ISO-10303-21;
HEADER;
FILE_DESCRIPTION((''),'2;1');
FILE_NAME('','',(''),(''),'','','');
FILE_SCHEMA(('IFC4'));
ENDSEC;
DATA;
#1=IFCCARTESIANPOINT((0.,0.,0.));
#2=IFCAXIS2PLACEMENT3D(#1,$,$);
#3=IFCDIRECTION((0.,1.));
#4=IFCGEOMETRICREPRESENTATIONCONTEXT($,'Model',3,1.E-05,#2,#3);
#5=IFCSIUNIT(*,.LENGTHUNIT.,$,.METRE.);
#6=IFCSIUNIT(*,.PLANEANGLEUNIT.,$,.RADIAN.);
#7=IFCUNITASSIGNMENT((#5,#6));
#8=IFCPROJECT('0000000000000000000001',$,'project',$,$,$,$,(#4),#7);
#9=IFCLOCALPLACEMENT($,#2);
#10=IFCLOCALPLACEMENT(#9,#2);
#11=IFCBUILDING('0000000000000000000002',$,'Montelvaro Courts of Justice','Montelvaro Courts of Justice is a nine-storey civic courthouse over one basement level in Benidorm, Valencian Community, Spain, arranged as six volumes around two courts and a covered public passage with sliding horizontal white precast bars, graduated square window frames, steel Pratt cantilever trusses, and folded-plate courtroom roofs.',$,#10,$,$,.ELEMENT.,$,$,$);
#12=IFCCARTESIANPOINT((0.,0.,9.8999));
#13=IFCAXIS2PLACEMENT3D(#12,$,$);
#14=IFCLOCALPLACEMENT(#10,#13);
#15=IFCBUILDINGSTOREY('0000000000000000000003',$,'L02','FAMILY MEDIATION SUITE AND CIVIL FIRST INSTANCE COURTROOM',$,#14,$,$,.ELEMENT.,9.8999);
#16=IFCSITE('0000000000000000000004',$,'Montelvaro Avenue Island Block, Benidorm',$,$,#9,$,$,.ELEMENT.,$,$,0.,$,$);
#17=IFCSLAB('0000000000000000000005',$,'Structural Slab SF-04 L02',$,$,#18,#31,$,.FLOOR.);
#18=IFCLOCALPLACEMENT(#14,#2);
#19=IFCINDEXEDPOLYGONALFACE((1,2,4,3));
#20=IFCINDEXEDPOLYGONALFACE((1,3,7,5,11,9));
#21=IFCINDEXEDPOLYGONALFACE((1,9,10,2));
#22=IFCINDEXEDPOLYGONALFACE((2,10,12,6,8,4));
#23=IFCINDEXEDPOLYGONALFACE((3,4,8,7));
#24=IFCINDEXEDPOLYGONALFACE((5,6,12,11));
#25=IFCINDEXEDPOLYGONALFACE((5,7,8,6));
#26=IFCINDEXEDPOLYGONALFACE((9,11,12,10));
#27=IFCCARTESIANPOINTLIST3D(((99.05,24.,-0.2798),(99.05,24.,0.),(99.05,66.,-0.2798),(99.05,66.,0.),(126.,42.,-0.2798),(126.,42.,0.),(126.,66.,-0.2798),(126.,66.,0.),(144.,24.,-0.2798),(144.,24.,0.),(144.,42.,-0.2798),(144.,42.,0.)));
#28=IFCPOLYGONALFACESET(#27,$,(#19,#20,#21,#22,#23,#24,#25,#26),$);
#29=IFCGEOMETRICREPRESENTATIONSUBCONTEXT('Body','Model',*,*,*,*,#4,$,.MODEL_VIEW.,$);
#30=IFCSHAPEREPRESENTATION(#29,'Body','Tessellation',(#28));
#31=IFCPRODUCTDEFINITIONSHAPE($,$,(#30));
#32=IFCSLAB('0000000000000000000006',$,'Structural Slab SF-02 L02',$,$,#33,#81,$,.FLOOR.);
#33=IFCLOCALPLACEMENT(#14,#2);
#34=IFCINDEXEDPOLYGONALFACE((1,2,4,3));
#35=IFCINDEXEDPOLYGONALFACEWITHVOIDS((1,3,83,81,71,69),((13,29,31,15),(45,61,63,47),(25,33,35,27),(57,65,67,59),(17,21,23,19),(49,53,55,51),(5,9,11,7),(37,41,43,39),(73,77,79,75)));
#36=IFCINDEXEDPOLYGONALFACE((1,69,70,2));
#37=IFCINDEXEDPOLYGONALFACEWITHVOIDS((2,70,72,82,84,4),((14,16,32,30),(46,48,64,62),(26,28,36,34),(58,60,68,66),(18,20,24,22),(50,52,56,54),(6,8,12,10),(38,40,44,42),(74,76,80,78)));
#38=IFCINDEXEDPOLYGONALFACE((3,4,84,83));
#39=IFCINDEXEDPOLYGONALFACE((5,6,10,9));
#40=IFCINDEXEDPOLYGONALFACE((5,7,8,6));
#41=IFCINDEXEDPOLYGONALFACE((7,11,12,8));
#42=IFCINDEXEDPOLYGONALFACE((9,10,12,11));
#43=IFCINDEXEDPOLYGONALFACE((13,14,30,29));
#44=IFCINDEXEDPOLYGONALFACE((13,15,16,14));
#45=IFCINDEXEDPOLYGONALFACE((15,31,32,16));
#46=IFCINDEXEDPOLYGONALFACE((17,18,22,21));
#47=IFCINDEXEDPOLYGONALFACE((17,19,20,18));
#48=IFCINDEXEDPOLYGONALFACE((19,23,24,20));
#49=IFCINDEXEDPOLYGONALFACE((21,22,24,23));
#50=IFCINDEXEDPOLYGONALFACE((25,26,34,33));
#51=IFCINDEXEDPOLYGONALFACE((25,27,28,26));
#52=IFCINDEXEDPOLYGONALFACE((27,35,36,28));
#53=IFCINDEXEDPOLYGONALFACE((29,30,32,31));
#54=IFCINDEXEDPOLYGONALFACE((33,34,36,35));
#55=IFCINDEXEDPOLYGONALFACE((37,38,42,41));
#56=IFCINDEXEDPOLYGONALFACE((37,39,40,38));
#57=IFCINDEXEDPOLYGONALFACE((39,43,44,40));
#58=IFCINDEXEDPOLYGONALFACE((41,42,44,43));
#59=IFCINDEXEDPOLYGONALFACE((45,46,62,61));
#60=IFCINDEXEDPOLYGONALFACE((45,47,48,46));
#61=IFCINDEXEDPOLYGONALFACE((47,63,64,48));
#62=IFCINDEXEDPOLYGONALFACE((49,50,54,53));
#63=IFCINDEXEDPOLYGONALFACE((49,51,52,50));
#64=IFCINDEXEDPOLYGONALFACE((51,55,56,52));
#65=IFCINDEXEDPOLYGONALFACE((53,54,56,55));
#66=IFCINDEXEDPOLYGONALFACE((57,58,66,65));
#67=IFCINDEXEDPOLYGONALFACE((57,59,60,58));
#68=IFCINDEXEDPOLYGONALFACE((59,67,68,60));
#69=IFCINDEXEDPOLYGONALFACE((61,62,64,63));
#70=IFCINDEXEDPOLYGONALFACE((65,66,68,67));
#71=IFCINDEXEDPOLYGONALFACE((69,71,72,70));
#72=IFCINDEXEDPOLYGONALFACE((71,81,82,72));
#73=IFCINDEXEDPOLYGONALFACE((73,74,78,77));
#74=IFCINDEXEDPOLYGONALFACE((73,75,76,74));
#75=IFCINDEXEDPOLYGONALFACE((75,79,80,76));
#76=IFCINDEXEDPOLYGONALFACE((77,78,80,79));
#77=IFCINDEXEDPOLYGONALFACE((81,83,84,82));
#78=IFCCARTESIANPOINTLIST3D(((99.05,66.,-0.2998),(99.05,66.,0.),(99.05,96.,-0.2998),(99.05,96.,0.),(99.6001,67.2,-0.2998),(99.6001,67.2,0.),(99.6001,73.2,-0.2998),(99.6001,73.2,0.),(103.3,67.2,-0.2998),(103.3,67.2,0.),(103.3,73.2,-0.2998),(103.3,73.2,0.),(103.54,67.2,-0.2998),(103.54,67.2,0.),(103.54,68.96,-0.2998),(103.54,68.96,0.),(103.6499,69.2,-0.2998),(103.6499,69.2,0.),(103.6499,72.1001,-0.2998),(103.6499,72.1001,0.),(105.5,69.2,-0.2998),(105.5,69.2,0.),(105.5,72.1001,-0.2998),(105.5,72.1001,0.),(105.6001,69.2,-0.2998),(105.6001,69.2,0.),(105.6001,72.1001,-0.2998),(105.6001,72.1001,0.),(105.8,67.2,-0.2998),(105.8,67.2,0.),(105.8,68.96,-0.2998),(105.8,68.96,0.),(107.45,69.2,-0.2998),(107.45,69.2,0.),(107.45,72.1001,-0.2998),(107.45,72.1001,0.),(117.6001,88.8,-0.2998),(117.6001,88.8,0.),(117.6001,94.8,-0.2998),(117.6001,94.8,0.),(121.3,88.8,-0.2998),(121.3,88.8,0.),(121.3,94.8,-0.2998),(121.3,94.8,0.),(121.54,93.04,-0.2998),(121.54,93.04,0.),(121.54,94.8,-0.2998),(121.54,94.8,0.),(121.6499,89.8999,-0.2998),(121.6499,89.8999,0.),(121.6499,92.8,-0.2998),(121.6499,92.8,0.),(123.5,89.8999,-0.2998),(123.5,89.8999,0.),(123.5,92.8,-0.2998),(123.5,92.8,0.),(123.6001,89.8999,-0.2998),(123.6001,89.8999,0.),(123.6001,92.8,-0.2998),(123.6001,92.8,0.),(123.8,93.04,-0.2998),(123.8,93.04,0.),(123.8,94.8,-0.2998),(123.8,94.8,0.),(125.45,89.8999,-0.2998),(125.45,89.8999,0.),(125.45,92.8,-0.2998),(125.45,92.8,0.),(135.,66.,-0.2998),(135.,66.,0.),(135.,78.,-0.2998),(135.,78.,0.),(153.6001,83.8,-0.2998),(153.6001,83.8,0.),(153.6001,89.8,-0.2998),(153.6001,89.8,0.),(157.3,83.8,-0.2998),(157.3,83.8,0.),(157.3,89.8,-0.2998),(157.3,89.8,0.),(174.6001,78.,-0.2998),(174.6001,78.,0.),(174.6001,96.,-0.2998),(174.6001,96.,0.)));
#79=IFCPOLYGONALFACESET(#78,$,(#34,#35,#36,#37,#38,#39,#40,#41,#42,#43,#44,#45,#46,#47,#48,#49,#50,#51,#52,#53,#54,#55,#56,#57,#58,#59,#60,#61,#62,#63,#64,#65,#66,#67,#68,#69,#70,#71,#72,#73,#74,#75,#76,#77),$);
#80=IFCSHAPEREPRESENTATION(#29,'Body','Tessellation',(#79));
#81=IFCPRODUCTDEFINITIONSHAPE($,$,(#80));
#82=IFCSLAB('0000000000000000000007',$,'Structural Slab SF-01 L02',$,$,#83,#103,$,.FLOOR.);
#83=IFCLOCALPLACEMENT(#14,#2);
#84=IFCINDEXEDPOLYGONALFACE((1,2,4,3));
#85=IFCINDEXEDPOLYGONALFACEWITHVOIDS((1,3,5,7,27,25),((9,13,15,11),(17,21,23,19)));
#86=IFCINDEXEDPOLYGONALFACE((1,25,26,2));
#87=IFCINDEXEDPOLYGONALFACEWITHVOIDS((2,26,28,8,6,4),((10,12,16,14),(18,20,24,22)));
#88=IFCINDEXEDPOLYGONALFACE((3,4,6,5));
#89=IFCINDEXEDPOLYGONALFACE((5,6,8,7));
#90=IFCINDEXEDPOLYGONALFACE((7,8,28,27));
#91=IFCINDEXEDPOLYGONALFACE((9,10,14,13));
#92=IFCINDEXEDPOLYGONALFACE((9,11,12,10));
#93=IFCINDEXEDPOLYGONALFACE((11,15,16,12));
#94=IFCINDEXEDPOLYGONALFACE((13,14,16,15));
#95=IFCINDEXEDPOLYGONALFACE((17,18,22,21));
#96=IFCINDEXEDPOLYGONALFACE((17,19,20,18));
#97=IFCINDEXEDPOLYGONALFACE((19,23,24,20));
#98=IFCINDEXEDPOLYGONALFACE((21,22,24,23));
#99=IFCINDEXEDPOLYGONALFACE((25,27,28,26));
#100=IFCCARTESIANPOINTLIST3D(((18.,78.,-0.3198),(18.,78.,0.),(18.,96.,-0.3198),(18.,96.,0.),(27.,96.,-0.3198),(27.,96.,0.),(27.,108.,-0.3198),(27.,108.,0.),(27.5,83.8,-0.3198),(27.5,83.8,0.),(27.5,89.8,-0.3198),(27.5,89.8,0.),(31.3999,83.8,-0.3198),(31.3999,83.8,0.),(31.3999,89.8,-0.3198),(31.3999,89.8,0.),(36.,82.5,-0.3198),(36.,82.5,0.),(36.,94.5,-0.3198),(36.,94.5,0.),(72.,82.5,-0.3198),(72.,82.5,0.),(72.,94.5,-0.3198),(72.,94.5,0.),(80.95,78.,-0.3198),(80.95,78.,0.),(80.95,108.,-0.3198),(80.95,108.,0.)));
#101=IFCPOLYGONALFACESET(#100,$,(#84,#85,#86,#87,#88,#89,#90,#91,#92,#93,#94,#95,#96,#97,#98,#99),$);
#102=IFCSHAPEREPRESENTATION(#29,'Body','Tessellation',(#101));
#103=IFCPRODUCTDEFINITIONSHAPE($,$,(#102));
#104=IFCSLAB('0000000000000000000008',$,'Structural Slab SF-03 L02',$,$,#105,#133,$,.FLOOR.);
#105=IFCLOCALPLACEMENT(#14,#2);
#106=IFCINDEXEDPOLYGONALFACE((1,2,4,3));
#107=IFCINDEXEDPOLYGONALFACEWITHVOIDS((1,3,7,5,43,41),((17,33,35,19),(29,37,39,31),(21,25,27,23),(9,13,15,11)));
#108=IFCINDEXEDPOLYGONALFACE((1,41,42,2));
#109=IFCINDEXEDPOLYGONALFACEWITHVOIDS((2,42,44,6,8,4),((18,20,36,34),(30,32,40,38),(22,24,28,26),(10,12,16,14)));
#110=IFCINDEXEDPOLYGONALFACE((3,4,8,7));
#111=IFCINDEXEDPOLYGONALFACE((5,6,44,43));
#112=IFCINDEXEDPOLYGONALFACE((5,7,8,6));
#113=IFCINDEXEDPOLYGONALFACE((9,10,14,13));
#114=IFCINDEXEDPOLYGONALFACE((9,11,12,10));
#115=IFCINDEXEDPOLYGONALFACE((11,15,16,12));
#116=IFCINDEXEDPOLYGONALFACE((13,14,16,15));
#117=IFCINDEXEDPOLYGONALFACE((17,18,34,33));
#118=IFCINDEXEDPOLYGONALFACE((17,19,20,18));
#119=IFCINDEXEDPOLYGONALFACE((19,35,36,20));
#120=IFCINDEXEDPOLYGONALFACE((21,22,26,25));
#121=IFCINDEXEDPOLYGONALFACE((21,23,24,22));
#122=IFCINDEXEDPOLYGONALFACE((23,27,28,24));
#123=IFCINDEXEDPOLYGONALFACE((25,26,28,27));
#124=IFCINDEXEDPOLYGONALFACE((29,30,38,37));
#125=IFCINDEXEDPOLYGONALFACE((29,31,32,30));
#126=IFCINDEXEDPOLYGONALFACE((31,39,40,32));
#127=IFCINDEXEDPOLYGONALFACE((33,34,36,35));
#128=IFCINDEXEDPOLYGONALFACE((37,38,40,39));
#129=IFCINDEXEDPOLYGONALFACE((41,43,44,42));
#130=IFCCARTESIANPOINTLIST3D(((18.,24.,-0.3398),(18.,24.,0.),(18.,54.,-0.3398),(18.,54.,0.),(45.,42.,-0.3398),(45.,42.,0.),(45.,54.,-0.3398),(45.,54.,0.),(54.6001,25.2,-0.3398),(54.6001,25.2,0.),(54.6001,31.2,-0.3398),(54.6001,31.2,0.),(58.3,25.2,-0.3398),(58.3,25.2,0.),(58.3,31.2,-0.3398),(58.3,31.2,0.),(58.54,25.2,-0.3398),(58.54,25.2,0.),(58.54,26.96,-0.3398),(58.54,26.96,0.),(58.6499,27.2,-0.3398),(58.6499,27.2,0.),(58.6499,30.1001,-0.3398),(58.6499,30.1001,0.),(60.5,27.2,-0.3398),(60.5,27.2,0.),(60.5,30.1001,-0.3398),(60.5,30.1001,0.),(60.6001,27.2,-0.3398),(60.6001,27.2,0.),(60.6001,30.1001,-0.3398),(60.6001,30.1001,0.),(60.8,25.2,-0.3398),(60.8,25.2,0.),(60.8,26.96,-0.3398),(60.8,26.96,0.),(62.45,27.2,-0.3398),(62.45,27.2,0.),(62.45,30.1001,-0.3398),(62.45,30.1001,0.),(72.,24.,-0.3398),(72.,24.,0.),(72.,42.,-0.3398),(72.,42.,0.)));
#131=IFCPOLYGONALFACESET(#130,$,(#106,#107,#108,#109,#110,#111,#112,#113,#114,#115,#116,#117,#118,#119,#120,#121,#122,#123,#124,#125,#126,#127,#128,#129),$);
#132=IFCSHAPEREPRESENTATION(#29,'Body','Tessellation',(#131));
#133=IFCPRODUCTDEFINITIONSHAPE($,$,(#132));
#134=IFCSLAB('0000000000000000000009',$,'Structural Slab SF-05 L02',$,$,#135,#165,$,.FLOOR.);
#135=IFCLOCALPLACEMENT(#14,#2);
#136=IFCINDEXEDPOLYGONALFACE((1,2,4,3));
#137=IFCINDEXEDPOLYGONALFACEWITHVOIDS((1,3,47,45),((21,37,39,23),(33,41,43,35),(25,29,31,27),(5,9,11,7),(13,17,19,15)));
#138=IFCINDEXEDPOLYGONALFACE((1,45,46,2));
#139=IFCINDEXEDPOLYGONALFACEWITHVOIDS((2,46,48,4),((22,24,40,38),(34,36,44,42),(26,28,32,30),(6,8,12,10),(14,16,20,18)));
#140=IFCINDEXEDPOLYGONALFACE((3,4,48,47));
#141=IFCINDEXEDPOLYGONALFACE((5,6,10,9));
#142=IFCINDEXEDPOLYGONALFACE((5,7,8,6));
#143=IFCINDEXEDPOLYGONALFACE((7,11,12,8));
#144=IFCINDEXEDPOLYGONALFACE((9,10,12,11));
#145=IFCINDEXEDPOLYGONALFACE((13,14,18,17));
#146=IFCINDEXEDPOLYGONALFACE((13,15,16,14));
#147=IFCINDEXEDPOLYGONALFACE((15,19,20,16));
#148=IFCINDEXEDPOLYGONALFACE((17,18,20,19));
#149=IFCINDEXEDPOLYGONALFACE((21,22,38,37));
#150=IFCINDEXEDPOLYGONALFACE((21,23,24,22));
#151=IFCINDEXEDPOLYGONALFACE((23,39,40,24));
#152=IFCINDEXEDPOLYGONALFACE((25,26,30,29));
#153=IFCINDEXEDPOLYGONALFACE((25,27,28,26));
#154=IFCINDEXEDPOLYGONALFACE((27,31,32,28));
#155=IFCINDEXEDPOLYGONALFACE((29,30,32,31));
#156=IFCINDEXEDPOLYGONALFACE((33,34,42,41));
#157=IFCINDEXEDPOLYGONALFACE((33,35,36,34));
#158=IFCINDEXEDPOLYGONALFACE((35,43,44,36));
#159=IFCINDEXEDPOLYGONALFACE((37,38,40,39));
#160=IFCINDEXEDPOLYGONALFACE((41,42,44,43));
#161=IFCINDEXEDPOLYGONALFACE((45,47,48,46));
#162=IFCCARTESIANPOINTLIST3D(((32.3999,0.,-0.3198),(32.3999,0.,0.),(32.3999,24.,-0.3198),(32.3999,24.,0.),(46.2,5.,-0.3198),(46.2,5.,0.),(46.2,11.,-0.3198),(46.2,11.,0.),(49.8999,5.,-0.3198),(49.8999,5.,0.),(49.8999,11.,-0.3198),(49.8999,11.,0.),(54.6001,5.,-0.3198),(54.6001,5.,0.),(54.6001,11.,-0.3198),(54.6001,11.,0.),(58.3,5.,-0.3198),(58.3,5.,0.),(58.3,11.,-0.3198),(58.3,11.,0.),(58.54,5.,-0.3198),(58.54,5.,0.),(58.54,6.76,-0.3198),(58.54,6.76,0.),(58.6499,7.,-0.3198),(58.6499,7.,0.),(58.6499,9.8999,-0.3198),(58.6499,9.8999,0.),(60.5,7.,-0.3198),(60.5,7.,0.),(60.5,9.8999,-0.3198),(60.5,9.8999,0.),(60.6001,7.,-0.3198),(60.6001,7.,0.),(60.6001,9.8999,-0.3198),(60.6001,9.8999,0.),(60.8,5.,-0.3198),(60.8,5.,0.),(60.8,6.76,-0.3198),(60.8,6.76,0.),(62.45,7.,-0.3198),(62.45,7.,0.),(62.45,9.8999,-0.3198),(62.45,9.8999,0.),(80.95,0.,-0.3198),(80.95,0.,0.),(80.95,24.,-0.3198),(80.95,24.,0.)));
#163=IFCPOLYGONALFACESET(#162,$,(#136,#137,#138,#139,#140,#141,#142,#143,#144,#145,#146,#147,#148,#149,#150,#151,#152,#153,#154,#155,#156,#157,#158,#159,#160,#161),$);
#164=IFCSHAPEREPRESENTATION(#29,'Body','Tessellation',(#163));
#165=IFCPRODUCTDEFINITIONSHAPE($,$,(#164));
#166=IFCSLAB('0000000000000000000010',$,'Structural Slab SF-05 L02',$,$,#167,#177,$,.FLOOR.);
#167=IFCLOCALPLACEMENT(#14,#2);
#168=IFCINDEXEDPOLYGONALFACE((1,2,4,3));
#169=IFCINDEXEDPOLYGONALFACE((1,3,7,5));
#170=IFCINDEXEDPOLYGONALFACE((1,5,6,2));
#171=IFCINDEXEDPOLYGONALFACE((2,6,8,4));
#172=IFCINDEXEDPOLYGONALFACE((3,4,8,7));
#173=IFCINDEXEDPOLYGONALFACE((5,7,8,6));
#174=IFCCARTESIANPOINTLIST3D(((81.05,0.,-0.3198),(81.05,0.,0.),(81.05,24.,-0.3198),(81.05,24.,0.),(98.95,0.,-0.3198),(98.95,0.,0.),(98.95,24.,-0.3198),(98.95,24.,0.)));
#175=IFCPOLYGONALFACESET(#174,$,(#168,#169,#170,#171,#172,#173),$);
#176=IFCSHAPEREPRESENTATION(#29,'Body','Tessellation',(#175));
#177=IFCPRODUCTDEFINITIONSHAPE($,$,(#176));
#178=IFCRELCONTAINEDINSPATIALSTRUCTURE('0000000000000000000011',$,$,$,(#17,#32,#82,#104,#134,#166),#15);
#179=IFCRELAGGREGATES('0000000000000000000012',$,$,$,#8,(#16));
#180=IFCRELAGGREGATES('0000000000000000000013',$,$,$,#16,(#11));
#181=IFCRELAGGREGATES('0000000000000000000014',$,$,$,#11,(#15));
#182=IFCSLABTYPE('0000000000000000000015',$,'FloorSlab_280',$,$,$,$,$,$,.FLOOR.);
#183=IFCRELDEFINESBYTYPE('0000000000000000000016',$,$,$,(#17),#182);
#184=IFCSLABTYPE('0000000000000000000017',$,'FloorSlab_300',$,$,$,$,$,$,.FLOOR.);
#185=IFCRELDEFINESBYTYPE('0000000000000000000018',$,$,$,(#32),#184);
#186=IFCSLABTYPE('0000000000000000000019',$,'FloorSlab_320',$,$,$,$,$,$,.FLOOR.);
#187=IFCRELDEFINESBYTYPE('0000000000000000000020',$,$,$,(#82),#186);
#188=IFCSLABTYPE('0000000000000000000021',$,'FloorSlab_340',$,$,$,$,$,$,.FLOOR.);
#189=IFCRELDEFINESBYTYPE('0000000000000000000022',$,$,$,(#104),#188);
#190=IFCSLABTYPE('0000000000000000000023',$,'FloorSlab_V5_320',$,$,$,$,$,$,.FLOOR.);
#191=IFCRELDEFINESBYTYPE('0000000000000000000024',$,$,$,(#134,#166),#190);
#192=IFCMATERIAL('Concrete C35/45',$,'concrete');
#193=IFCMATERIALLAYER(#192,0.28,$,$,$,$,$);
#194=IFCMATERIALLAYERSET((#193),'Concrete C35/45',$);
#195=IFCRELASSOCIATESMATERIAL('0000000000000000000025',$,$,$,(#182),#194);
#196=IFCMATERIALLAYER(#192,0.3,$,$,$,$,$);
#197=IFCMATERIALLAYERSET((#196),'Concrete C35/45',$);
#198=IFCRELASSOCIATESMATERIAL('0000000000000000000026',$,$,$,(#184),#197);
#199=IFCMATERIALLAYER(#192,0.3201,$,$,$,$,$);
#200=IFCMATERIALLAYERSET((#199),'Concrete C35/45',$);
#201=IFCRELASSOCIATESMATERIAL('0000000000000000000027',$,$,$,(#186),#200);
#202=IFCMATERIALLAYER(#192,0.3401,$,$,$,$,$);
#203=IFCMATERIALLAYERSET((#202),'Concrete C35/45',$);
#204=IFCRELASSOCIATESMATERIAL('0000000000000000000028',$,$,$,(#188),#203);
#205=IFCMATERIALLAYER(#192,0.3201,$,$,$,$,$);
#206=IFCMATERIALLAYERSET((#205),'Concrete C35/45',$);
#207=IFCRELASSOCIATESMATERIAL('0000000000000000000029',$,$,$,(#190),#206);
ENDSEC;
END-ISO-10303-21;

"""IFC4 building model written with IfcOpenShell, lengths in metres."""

from ifc_helpers import new_model, si_unit, direction, frame, origin, place, context, subcontext, project, spatial, polyline, outline, extrude, material, layer, layer_set, type_object, element, save


model = new_model("IFC4")

# Units and contexts
model_context = context("Model", 3, precision=1e-05, world=origin(), true_north=direction((0.0, 1.0)))
body_context = subcontext(model_context, "Body", "Model", "MODEL_VIEW")
ifc_project = project(units=[si_unit("LENGTHUNIT", "METRE"), si_unit("PLANEANGLEUNIT", "RADIAN")], contexts=[model_context])

# Site, building, storey
site_placement = place(None, origin())
site = spatial("IfcSite", under=ifc_project, at=site_placement, Name="Montelvaro Avenue Island Block, Benidorm", CompositionType="ELEMENT", RefElevation=0.0)
building_placement = place(site_placement, origin())
building = spatial("IfcBuilding", under=site, at=building_placement, Name="Montelvaro Courts of Justice", Description="Montelvaro Courts of Justice is a nine-storey civic courthouse over one basement level in Benidorm, Valencian Community, Spain, arranged as six volumes around two courts and a covered public passage with sliding horizontal white precast bars, graduated square window frames, steel Pratt cantilever trusses, and folded-plate courtroom roofs.", CompositionType="ELEMENT")
storey_placement = place(building_placement, frame((0.0, 0.0, 9.8999)))
storey = spatial("IfcBuildingStorey", under=building, at=storey_placement, Name="L02", Description="FAMILY MEDIATION SUITE AND CIVIL FIRST INSTANCE COURTROOM", CompositionType="ELEMENT", Elevation=9.8999)

# Slabs
ifc_material_1 = material(Name="Concrete C35/45", Category="concrete")
ifc_layer_1 = layer(ifc_material_1, 0.28)
ifc_layer_set_1 = layer_set([ifc_layer_1], Name="Concrete C35/45")
slab_type_1 = type_object("IfcSlabType", Name="FloorSlab_280", PredefinedType="FLOOR", material=ifc_layer_set_1)
slab_1_placement = place(storey_placement, frame((0.0, 0.0, -0.2798)))
element("IfcSlab", 1, at=slab_1_placement, inside=storey, type_object=slab_type_1, Name="Structural Slab SF-04 L02", PredefinedType="FLOOR", context=body_context, shape_type="SweptSolid", body=[
    extrude(outline(polyline([(99.05, 24.0), (144.0, 24.0), (144.0, 42.0), (126.0, 42.0), (126.0, 66.0), (99.05, 66.0), (99.05, 24.0)])), origin(), (0.0, 0.0, 1.0), 0.2798),
])
ifc_layer_2 = layer(ifc_material_1, 0.3)
ifc_layer_set_2 = layer_set([ifc_layer_2], Name="Concrete C35/45")
slab_type_2 = type_object("IfcSlabType", Name="FloorSlab_300", PredefinedType="FLOOR", material=ifc_layer_set_2)
slab_2_placement = place(storey_placement, frame((0.0, 0.0, -0.2998)))
element("IfcSlab", 2, at=slab_2_placement, inside=storey, type_object=slab_type_2, Name="Structural Slab SF-02 L02", PredefinedType="FLOOR", context=body_context, shape_type="SweptSolid", body=[
    extrude(outline(polyline([(99.05, 66.0), (135.0, 66.0), (135.0, 78.0), (174.6001, 78.0), (174.6001, 96.0), (99.05, 96.0), (99.05, 66.0)]), holes=[polyline([(117.6001, 88.8), (121.3, 88.8), (121.3, 94.8), (117.6001, 94.8), (117.6001, 88.8)]), polyline([(121.54, 93.04), (123.8, 93.04), (123.8, 94.8), (121.54, 94.8), (121.54, 93.04)]), polyline([(121.6499, 89.8999), (123.5, 89.8999), (123.5, 92.8), (121.6499, 92.8), (121.6499, 89.8999)]), polyline([(123.6001, 89.8999), (125.45, 89.8999), (125.45, 92.8), (123.6001, 92.8), (123.6001, 89.8999)]), polyline([(99.6001, 67.2), (103.3, 67.2), (103.3, 73.2), (99.6001, 73.2), (99.6001, 67.2)]), polyline([(103.54, 67.2), (105.8, 67.2), (105.8, 68.96), (103.54, 68.96), (103.54, 67.2)]), polyline([(103.6499, 69.2), (105.5, 69.2), (105.5, 72.1001), (103.6499, 72.1001), (103.6499, 69.2)]), polyline([(105.6001, 69.2), (107.45, 69.2), (107.45, 72.1001), (105.6001, 72.1001), (105.6001, 69.2)]), polyline([(153.6001, 83.8), (157.3, 83.8), (157.3, 89.8), (153.6001, 89.8), (153.6001, 83.8)])]), origin(), (0.0, 0.0, 1.0), 0.2998),
])
ifc_layer_3 = layer(ifc_material_1, 0.3201)
ifc_layer_set_3 = layer_set([ifc_layer_3], Name="Concrete C35/45")
slab_type_3 = type_object("IfcSlabType", Name="FloorSlab_320", PredefinedType="FLOOR", material=ifc_layer_set_3)
slab_3_placement = place(storey_placement, frame((0.0, 0.0, -0.3198)))
element("IfcSlab", 3, at=slab_3_placement, inside=storey, type_object=slab_type_3, Name="Structural Slab SF-01 L02", PredefinedType="FLOOR", context=body_context, shape_type="SweptSolid", body=[
    extrude(outline(polyline([(18.0, 78.0), (80.95, 78.0), (80.95, 108.0), (27.0, 108.0), (27.0, 96.0), (18.0, 96.0), (18.0, 78.0)]), holes=[polyline([(27.5, 83.8), (31.3999, 83.8), (31.3999, 89.8), (27.5, 89.8), (27.5, 83.8)]), polyline([(36.0, 82.5), (72.0, 82.5), (72.0, 94.5), (36.0, 94.5), (36.0, 82.5)])]), origin(), (0.0, 0.0, 1.0), 0.3198),
])
ifc_layer_4 = layer(ifc_material_1, 0.3401)
ifc_layer_set_4 = layer_set([ifc_layer_4], Name="Concrete C35/45")
slab_type_4 = type_object("IfcSlabType", Name="FloorSlab_340", PredefinedType="FLOOR", material=ifc_layer_set_4)
slab_4_placement = place(storey_placement, frame((0.0, 0.0, -0.3398)))
element("IfcSlab", 4, at=slab_4_placement, inside=storey, type_object=slab_type_4, Name="Structural Slab SF-03 L02", PredefinedType="FLOOR", context=body_context, shape_type="SweptSolid", body=[
    extrude(outline(polyline([(18.0, 24.0), (72.0, 24.0), (72.0, 42.0), (45.0, 42.0), (45.0, 54.0), (18.0, 54.0), (18.0, 24.0)]), holes=[polyline([(54.6001, 25.2), (58.3, 25.2), (58.3, 31.2), (54.6001, 31.2), (54.6001, 25.2)]), polyline([(58.54, 25.2), (60.8, 25.2), (60.8, 26.96), (58.54, 26.96), (58.54, 25.2)]), polyline([(58.6499, 27.2), (60.5, 27.2), (60.5, 30.1001), (58.6499, 30.1001), (58.6499, 27.2)]), polyline([(60.6001, 27.2), (62.45, 27.2), (62.45, 30.1001), (60.6001, 30.1001), (60.6001, 27.2)])]), origin(), (0.0, 0.0, 1.0), 0.3398),
])
ifc_layer_5 = layer(ifc_material_1, 0.3201)
ifc_layer_set_5 = layer_set([ifc_layer_5], Name="Concrete C35/45")
slab_type_5 = type_object("IfcSlabType", Name="FloorSlab_V5_320", PredefinedType="FLOOR", material=ifc_layer_set_5)
slab_5_placement = place(storey_placement, frame((0.0, 0.0, -0.3198)))
element("IfcSlab", 5, at=slab_5_placement, inside=storey, type_object=slab_type_5, Name="Structural Slab SF-05 L02", PredefinedType="FLOOR", context=body_context, shape_type="SweptSolid", body=[
    extrude(outline(polyline([(32.3999, 0.0), (80.95, 0.0), (80.95, 24.0), (32.3999, 24.0), (32.3999, 0.0)]), holes=[polyline([(54.6001, 5.0), (58.3, 5.0), (58.3, 11.0), (54.6001, 11.0), (54.6001, 5.0)]), polyline([(58.54, 5.0), (60.8, 5.0), (60.8, 6.76), (58.54, 6.76), (58.54, 5.0)]), polyline([(58.6499, 7.0), (60.5, 7.0), (60.5, 9.8999), (58.6499, 9.8999), (58.6499, 7.0)]), polyline([(60.6001, 7.0), (62.45, 7.0), (62.45, 9.8999), (60.6001, 9.8999), (60.6001, 7.0)]), polyline([(46.2, 5.0), (49.8999, 5.0), (49.8999, 11.0), (46.2, 11.0), (46.2, 5.0)])]), origin(), (0.0, 0.0, 1.0), 0.3198),
])
slab_6_placement = place(storey_placement, frame((0.0, 0.0, -0.3198)))
element("IfcSlab", 6, at=slab_6_placement, inside=storey, type_object=slab_type_5, Name="Structural Slab SF-05 L02", PredefinedType="FLOOR", context=body_context, shape_type="SweptSolid", body=[
    extrude(outline(polyline([(81.05, 0.0), (98.95, 0.0), (98.95, 24.0), (81.05, 24.0), (81.05, 0.0)])), origin(), (0.0, 0.0, 1.0), 0.3198),
])

save(model, "model.ifc")
